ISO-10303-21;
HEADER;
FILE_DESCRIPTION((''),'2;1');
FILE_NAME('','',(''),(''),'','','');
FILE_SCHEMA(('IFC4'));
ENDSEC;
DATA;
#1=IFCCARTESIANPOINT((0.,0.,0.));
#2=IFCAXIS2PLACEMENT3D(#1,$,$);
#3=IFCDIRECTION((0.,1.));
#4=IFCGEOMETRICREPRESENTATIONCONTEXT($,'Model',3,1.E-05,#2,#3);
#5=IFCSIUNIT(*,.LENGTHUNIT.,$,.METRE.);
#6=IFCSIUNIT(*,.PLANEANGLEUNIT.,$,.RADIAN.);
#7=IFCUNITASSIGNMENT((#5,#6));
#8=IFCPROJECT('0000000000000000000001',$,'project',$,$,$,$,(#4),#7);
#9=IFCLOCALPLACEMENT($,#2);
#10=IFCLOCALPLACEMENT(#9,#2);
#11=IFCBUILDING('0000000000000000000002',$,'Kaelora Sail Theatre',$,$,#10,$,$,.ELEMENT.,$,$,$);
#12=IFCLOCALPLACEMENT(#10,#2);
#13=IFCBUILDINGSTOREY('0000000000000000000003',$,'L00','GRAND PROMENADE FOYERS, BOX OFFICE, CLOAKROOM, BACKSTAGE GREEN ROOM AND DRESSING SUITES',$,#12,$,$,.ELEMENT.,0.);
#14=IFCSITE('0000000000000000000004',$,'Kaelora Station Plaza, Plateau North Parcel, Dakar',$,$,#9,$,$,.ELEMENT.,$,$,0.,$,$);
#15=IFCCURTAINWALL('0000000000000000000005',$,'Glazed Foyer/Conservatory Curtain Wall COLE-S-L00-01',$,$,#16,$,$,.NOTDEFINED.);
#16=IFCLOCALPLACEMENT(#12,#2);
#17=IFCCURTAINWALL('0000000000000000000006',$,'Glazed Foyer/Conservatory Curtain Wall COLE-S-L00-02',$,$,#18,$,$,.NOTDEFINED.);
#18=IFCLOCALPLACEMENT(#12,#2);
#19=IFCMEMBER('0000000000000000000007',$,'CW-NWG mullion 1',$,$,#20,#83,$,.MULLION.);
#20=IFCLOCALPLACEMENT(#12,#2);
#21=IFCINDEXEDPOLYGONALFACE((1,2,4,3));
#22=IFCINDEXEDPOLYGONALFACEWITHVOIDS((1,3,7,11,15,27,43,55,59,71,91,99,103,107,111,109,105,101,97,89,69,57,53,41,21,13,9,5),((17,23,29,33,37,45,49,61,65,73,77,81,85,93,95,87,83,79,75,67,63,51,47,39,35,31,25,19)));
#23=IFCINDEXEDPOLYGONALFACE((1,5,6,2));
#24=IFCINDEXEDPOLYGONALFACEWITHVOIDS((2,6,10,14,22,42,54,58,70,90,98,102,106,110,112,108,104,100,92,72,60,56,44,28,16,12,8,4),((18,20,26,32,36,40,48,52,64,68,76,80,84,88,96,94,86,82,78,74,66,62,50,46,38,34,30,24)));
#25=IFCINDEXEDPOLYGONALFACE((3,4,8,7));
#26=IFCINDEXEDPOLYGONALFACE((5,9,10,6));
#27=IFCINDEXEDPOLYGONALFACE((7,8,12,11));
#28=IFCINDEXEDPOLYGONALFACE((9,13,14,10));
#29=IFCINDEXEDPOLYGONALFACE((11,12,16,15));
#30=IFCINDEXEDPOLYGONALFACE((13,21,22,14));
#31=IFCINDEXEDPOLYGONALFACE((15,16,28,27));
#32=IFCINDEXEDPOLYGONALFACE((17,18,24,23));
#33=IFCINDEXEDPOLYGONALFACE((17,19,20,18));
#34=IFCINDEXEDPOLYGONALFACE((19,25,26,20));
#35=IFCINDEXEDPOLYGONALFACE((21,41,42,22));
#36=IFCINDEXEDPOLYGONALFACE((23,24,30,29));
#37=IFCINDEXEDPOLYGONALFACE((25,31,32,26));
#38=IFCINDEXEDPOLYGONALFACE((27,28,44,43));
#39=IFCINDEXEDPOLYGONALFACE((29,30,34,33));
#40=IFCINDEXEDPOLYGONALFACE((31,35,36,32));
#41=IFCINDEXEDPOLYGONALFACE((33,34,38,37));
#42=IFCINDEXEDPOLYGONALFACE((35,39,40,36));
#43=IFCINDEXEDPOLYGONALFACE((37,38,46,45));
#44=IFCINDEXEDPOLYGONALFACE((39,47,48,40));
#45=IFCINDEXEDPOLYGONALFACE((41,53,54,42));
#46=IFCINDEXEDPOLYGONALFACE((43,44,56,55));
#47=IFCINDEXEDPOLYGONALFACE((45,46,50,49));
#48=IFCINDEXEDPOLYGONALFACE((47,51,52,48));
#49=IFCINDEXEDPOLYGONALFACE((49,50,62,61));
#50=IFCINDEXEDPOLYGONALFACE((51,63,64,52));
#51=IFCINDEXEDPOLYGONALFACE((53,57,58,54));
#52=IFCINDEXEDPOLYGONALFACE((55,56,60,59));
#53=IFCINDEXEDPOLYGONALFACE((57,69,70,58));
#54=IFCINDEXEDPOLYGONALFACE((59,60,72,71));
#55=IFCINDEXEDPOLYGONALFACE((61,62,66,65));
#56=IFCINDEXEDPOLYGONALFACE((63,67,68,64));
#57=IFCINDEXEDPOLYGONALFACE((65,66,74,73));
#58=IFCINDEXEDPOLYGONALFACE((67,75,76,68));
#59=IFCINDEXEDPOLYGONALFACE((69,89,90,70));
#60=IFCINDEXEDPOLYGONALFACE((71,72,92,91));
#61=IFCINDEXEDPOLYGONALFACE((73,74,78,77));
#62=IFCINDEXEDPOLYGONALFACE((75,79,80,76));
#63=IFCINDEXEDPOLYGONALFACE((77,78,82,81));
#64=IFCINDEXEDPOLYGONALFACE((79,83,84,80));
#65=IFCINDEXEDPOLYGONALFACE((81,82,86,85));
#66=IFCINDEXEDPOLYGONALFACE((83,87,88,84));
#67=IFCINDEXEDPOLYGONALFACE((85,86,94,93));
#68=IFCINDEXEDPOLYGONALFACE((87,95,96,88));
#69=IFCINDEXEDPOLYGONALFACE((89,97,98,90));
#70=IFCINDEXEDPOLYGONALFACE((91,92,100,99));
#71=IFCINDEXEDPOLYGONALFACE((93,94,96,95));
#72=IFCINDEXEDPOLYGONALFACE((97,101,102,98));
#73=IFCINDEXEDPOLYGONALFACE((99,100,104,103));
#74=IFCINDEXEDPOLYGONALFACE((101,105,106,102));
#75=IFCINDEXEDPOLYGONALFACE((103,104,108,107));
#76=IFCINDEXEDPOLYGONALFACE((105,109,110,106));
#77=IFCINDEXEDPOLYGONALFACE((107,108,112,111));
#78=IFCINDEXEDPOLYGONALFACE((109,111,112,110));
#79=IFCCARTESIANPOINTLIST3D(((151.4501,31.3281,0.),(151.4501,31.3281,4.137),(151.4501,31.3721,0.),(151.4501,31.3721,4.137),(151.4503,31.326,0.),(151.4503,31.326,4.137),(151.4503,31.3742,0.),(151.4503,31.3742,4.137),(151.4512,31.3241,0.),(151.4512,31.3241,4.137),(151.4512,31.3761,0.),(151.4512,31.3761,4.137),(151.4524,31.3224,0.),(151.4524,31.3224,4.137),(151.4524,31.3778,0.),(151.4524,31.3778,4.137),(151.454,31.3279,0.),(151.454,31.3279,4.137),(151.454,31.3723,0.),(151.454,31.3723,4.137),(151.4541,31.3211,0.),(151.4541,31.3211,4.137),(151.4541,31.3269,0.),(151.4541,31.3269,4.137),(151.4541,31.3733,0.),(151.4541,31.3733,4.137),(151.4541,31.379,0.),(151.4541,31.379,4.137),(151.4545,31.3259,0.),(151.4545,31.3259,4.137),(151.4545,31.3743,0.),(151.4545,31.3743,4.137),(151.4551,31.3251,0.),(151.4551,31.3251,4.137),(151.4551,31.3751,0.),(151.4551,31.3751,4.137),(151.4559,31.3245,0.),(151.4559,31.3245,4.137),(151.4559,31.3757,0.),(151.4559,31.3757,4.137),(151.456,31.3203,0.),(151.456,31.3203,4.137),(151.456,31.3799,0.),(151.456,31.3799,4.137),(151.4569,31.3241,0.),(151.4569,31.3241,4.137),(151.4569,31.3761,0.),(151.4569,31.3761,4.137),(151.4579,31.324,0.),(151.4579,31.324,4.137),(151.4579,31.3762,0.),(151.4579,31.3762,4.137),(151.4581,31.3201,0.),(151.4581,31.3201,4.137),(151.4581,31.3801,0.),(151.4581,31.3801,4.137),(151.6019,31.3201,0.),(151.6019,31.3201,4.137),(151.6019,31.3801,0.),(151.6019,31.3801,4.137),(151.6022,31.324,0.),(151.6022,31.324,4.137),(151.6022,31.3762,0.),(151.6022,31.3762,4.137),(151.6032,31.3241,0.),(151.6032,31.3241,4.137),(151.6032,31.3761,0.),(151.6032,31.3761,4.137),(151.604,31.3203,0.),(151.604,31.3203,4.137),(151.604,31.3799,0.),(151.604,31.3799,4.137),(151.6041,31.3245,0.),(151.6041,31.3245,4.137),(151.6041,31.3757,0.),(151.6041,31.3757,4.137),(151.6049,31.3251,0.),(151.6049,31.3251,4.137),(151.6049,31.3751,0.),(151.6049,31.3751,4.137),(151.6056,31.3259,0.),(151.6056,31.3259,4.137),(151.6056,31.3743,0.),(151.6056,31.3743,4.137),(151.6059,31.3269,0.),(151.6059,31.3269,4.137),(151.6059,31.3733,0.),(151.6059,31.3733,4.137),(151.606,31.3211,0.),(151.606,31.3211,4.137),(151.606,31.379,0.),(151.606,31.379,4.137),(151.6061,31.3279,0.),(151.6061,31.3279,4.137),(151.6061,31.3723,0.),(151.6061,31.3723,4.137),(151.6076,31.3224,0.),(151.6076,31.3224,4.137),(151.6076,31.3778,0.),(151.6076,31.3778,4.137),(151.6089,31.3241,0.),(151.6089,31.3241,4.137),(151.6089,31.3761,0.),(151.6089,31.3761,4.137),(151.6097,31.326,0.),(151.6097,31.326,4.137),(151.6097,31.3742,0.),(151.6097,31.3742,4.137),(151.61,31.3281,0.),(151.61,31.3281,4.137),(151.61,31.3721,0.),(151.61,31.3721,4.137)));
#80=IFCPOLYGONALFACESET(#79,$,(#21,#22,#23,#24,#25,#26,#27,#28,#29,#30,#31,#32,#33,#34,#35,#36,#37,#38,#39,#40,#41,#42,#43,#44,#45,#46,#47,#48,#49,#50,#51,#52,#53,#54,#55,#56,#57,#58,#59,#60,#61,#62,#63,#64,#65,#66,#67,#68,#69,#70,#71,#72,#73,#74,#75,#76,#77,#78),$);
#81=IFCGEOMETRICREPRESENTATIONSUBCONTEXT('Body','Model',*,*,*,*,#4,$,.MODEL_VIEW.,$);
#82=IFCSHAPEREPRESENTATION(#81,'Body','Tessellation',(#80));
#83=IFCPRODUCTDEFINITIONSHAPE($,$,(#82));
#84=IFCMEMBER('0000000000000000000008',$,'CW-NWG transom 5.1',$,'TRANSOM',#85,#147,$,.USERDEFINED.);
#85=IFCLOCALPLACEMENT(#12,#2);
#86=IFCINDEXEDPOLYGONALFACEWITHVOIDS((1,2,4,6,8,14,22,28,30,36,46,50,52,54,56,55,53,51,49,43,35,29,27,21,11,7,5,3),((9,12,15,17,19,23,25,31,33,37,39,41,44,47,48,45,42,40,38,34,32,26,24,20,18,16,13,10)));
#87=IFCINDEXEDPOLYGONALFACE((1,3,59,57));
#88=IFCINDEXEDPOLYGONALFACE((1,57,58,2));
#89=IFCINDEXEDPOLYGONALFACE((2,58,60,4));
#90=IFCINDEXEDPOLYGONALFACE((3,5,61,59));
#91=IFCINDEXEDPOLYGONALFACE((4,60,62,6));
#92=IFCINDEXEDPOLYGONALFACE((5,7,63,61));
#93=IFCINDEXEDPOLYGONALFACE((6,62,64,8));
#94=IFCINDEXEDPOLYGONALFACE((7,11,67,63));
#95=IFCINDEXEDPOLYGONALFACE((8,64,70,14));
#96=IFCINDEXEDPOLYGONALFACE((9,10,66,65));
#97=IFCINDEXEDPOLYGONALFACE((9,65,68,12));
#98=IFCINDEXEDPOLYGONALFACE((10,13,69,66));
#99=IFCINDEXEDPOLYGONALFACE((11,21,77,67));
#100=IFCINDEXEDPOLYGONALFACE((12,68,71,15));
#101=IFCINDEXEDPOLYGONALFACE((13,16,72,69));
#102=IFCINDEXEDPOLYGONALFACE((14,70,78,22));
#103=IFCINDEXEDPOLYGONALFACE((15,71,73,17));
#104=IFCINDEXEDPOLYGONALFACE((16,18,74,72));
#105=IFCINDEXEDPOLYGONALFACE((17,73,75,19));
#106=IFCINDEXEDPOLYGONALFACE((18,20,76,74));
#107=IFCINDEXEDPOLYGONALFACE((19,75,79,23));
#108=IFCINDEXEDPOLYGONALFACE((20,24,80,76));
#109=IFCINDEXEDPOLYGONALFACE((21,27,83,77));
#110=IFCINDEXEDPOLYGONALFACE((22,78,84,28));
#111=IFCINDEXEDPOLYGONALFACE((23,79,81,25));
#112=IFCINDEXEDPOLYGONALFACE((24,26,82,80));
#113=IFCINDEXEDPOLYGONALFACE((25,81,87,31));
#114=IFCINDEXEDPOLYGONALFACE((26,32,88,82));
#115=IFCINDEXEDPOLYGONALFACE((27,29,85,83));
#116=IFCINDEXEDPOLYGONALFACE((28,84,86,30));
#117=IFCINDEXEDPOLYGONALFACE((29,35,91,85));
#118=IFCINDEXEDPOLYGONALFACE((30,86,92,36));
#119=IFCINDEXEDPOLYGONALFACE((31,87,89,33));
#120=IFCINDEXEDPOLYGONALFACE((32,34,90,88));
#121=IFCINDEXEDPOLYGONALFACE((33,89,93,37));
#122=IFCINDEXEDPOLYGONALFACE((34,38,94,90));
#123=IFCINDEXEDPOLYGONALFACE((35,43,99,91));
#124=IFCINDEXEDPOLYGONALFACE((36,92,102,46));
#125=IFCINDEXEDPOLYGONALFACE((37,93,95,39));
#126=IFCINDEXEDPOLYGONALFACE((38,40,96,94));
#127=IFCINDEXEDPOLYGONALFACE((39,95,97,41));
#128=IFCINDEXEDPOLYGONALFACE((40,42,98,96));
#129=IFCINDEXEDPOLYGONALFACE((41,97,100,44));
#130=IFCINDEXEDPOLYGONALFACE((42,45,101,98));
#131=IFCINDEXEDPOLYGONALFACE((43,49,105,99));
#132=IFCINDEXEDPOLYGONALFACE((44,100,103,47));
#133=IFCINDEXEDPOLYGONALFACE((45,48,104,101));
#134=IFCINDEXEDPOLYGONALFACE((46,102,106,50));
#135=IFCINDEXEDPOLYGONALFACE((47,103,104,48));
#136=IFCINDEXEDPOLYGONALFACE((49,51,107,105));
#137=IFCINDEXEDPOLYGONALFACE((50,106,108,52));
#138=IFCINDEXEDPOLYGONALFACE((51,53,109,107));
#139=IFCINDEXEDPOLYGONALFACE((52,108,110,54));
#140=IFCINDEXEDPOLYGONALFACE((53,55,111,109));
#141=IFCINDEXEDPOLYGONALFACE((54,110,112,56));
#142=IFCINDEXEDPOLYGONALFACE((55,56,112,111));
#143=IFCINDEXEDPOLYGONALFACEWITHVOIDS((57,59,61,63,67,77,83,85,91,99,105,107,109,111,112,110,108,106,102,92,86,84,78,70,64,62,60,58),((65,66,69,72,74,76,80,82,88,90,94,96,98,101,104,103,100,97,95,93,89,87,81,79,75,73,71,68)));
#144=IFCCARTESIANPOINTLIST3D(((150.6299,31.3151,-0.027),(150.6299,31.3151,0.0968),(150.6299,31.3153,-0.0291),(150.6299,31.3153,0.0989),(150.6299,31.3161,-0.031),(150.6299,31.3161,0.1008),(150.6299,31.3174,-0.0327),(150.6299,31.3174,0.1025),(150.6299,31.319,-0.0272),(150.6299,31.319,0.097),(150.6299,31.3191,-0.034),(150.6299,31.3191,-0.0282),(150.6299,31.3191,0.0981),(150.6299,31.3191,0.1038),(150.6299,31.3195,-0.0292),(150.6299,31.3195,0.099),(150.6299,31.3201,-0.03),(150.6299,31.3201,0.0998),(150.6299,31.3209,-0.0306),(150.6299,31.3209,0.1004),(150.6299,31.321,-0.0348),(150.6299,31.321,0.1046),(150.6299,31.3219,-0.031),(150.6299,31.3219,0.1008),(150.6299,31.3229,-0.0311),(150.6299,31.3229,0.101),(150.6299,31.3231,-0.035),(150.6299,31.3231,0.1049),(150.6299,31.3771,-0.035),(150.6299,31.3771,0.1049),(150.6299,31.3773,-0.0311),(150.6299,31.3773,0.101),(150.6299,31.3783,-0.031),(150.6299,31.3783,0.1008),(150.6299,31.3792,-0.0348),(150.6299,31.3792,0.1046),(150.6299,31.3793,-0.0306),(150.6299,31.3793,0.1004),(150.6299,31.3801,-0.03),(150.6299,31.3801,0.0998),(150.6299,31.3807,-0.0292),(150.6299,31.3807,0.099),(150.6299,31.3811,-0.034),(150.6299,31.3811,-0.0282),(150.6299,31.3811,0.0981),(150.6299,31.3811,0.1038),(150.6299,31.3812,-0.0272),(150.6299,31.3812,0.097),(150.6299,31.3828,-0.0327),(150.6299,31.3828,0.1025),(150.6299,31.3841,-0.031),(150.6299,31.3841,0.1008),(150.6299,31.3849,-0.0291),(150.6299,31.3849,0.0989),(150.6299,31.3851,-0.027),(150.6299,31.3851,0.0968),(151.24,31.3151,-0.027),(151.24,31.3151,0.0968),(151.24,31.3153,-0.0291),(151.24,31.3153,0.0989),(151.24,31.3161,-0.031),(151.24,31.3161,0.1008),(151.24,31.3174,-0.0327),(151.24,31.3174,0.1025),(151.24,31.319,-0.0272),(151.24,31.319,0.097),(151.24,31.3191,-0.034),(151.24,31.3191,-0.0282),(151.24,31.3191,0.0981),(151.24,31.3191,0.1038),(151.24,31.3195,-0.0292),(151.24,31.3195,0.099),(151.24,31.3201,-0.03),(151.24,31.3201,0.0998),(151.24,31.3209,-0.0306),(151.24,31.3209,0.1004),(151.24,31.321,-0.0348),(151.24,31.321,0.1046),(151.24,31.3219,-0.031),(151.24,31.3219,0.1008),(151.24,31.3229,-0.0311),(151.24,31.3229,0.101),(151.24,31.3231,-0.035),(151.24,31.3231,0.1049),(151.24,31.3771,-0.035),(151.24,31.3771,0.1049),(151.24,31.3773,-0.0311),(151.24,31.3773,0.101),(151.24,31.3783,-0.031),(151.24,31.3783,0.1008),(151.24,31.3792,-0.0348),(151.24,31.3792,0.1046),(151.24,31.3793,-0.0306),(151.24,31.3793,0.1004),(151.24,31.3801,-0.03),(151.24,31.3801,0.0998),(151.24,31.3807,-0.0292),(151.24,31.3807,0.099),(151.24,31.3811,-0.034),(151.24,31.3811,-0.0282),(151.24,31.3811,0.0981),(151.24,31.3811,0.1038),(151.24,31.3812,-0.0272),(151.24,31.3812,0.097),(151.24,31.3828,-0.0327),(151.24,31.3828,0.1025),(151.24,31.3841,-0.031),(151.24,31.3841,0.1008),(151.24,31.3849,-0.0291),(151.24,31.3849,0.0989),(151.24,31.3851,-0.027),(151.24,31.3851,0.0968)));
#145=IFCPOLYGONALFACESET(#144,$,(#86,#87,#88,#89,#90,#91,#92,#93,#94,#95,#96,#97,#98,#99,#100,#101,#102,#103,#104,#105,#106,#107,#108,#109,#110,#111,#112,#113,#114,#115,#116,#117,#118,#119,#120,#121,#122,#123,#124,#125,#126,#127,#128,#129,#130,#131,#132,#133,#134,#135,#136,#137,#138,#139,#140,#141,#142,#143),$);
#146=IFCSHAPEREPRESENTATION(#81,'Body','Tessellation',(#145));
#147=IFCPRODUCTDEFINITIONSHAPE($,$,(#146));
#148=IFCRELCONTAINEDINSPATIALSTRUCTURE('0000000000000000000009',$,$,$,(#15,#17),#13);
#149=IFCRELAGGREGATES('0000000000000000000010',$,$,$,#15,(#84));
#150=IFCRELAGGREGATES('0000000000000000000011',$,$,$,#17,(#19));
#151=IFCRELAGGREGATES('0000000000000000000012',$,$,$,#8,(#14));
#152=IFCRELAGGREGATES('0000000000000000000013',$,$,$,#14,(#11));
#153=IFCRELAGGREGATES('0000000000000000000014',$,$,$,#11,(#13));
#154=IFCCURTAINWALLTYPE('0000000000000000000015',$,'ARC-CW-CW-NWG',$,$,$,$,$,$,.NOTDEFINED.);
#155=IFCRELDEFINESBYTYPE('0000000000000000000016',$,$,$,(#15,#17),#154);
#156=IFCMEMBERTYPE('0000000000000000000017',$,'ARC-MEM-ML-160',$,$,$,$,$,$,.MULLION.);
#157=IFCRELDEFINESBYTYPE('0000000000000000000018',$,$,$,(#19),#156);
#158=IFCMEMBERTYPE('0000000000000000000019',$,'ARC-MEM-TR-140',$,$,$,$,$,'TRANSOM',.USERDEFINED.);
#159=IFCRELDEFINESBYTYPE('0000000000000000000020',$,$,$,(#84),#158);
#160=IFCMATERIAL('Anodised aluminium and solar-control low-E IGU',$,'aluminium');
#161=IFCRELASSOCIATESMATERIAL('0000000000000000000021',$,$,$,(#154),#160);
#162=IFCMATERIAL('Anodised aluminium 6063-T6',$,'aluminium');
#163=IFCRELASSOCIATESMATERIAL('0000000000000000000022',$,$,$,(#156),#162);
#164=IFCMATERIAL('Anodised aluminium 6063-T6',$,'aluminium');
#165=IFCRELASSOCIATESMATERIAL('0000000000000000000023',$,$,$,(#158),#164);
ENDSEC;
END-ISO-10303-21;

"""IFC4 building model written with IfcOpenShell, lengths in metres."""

from ifc_helpers import new_model, si_unit, direction, frame, origin, origin_2d, place, context, subcontext, project, spatial, hollow_rectangle, extrude, material, material_profile, profile_set, type_object, element, aggregate, save


model = new_model("IFC4")

# Units and contexts
model_context = context("Model", 3, precision=1e-05, world=origin(), true_north=direction((0.0, 1.0)))
body_context = subcontext(model_context, "Body", "Model", "MODEL_VIEW")
ifc_project = project(units=[si_unit("LENGTHUNIT", "METRE"), si_unit("PLANEANGLEUNIT", "RADIAN")], contexts=[model_context])

# Site, building, storey
site_placement = place(None, origin())
site = spatial("IfcSite", under=ifc_project, at=site_placement, Name="Kaelora Station Plaza, Plateau North Parcel, Dakar", CompositionType="ELEMENT", RefElevation=0.0)
building_placement = place(site_placement, origin())
building = spatial("IfcBuilding", under=site, at=building_placement, Name="Kaelora Sail Theatre", CompositionType="ELEMENT")
storey_placement = place(building_placement, origin())
storey = spatial("IfcBuildingStorey", under=building, at=storey_placement, Name="L00", Description="GRAND PROMENADE FOYERS, BOX OFFICE, CLOAKROOM, BACKSTAGE GREEN ROOM AND DRESSING SUITES", CompositionType="ELEMENT", Elevation=0.0)

# Curtain wall
ifc_material_1 = material(Name="Anodised aluminium and solar-control low-E IGU", Category="aluminium")
curtain_wall_type = type_object("IfcCurtainWallType", Name="ARC-CW-CW-NWG", PredefinedType="NOTDEFINED", material=ifc_material_1)
curtain_wall_1_placement = place(storey_placement, origin())
curtain_wall_1 = element("IfcCurtainWall", 1, at=curtain_wall_1_placement, inside=storey, type_object=curtain_wall_type, Name="Glazed Foyer/Conservatory Curtain Wall COLE-S-L00-01", PredefinedType="NOTDEFINED")
ifc_material_2 = material(Name="Anodised aluminium 6063-T6", Category="aluminium")
ifc_material_profile_1 = material_profile(ifc_material_2, hollow_rectangle(XDim=0.0601, YDim=0.1599, WallThickness=0.0039, InnerFilletRadius=0.0039, OuterFilletRadius=0.0081, at=origin_2d()), Name="ALU-MULL 60x160x4")
ifc_profile_set_1 = profile_set([ifc_material_profile_1], Name="Anodised aluminium 6063-T6")
member_type_1 = type_object("IfcMemberType", Name="ARC-MEM-ML-160", PredefinedType="MULLION", material=ifc_profile_set_1)

# Curtain wall, member
curtain_wall_2_placement = place(storey_placement, origin())
curtain_wall_2 = element("IfcCurtainWall", 2, at=curtain_wall_2_placement, inside=storey, type_object=curtain_wall_type, Name="Glazed Foyer/Conservatory Curtain Wall COLE-S-L00-02", PredefinedType="NOTDEFINED")
member_1_placement = place(storey_placement, frame((151.53, 31.3501, 0.0), z_axis=(0.0, 0.0, 1.0), x_axis=(0.0, 1.0, 0.0)))
member_1 = element("IfcMember", 3, at=member_1_placement, type_object=member_type_1, Name="CW-NWG mullion 1", PredefinedType="MULLION", context=body_context, shape_type="SweptSolid", body=[
    extrude(hollow_rectangle(XDim=0.0601, YDim=0.1599, WallThickness=0.0039, InnerFilletRadius=0.0039, OuterFilletRadius=0.0081, at=origin_2d()), origin(), (0.0, 0.0, 1.0), 4.137),
])

# Member
ifc_material_3 = material(Name="Anodised aluminium 6063-T6", Category="aluminium")
ifc_material_profile_2 = material_profile(ifc_material_3, hollow_rectangle(XDim=0.0701, YDim=0.1399, WallThickness=0.0039, InnerFilletRadius=0.0039, OuterFilletRadius=0.0081, at=origin_2d()), Name="ALU-TRAN 70x140x4")
ifc_profile_set_2 = profile_set([ifc_material_profile_2], Name="Anodised aluminium 6063-T6")
member_type_2 = type_object("IfcMemberType", Name="ARC-MEM-TR-140", ElementType="TRANSOM", PredefinedType="USERDEFINED", material=ifc_profile_set_2)
member_2_placement = place(storey_placement, frame((150.6299, 31.3501, 0.0349), z_axis=(1.0, 0.0, 0.0), x_axis=(0.0, 1.0, 0.0)))
member_2 = element("IfcMember", 4, at=member_2_placement, type_object=member_type_2, Name="CW-NWG transom 5.1", ObjectType="TRANSOM", PredefinedType="USERDEFINED", context=body_context, shape_type="SweptSolid", body=[
    extrude(hollow_rectangle(XDim=0.0701, YDim=0.1399, WallThickness=0.0039, InnerFilletRadius=0.0039, OuterFilletRadius=0.0081, at=origin_2d()), origin(), (0.0, 0.0, 1.0), 0.6101),
])

aggregate(curtain_wall_1, [member_2])
aggregate(curtain_wall_2, [member_1])

save(model, "model.ifc")
